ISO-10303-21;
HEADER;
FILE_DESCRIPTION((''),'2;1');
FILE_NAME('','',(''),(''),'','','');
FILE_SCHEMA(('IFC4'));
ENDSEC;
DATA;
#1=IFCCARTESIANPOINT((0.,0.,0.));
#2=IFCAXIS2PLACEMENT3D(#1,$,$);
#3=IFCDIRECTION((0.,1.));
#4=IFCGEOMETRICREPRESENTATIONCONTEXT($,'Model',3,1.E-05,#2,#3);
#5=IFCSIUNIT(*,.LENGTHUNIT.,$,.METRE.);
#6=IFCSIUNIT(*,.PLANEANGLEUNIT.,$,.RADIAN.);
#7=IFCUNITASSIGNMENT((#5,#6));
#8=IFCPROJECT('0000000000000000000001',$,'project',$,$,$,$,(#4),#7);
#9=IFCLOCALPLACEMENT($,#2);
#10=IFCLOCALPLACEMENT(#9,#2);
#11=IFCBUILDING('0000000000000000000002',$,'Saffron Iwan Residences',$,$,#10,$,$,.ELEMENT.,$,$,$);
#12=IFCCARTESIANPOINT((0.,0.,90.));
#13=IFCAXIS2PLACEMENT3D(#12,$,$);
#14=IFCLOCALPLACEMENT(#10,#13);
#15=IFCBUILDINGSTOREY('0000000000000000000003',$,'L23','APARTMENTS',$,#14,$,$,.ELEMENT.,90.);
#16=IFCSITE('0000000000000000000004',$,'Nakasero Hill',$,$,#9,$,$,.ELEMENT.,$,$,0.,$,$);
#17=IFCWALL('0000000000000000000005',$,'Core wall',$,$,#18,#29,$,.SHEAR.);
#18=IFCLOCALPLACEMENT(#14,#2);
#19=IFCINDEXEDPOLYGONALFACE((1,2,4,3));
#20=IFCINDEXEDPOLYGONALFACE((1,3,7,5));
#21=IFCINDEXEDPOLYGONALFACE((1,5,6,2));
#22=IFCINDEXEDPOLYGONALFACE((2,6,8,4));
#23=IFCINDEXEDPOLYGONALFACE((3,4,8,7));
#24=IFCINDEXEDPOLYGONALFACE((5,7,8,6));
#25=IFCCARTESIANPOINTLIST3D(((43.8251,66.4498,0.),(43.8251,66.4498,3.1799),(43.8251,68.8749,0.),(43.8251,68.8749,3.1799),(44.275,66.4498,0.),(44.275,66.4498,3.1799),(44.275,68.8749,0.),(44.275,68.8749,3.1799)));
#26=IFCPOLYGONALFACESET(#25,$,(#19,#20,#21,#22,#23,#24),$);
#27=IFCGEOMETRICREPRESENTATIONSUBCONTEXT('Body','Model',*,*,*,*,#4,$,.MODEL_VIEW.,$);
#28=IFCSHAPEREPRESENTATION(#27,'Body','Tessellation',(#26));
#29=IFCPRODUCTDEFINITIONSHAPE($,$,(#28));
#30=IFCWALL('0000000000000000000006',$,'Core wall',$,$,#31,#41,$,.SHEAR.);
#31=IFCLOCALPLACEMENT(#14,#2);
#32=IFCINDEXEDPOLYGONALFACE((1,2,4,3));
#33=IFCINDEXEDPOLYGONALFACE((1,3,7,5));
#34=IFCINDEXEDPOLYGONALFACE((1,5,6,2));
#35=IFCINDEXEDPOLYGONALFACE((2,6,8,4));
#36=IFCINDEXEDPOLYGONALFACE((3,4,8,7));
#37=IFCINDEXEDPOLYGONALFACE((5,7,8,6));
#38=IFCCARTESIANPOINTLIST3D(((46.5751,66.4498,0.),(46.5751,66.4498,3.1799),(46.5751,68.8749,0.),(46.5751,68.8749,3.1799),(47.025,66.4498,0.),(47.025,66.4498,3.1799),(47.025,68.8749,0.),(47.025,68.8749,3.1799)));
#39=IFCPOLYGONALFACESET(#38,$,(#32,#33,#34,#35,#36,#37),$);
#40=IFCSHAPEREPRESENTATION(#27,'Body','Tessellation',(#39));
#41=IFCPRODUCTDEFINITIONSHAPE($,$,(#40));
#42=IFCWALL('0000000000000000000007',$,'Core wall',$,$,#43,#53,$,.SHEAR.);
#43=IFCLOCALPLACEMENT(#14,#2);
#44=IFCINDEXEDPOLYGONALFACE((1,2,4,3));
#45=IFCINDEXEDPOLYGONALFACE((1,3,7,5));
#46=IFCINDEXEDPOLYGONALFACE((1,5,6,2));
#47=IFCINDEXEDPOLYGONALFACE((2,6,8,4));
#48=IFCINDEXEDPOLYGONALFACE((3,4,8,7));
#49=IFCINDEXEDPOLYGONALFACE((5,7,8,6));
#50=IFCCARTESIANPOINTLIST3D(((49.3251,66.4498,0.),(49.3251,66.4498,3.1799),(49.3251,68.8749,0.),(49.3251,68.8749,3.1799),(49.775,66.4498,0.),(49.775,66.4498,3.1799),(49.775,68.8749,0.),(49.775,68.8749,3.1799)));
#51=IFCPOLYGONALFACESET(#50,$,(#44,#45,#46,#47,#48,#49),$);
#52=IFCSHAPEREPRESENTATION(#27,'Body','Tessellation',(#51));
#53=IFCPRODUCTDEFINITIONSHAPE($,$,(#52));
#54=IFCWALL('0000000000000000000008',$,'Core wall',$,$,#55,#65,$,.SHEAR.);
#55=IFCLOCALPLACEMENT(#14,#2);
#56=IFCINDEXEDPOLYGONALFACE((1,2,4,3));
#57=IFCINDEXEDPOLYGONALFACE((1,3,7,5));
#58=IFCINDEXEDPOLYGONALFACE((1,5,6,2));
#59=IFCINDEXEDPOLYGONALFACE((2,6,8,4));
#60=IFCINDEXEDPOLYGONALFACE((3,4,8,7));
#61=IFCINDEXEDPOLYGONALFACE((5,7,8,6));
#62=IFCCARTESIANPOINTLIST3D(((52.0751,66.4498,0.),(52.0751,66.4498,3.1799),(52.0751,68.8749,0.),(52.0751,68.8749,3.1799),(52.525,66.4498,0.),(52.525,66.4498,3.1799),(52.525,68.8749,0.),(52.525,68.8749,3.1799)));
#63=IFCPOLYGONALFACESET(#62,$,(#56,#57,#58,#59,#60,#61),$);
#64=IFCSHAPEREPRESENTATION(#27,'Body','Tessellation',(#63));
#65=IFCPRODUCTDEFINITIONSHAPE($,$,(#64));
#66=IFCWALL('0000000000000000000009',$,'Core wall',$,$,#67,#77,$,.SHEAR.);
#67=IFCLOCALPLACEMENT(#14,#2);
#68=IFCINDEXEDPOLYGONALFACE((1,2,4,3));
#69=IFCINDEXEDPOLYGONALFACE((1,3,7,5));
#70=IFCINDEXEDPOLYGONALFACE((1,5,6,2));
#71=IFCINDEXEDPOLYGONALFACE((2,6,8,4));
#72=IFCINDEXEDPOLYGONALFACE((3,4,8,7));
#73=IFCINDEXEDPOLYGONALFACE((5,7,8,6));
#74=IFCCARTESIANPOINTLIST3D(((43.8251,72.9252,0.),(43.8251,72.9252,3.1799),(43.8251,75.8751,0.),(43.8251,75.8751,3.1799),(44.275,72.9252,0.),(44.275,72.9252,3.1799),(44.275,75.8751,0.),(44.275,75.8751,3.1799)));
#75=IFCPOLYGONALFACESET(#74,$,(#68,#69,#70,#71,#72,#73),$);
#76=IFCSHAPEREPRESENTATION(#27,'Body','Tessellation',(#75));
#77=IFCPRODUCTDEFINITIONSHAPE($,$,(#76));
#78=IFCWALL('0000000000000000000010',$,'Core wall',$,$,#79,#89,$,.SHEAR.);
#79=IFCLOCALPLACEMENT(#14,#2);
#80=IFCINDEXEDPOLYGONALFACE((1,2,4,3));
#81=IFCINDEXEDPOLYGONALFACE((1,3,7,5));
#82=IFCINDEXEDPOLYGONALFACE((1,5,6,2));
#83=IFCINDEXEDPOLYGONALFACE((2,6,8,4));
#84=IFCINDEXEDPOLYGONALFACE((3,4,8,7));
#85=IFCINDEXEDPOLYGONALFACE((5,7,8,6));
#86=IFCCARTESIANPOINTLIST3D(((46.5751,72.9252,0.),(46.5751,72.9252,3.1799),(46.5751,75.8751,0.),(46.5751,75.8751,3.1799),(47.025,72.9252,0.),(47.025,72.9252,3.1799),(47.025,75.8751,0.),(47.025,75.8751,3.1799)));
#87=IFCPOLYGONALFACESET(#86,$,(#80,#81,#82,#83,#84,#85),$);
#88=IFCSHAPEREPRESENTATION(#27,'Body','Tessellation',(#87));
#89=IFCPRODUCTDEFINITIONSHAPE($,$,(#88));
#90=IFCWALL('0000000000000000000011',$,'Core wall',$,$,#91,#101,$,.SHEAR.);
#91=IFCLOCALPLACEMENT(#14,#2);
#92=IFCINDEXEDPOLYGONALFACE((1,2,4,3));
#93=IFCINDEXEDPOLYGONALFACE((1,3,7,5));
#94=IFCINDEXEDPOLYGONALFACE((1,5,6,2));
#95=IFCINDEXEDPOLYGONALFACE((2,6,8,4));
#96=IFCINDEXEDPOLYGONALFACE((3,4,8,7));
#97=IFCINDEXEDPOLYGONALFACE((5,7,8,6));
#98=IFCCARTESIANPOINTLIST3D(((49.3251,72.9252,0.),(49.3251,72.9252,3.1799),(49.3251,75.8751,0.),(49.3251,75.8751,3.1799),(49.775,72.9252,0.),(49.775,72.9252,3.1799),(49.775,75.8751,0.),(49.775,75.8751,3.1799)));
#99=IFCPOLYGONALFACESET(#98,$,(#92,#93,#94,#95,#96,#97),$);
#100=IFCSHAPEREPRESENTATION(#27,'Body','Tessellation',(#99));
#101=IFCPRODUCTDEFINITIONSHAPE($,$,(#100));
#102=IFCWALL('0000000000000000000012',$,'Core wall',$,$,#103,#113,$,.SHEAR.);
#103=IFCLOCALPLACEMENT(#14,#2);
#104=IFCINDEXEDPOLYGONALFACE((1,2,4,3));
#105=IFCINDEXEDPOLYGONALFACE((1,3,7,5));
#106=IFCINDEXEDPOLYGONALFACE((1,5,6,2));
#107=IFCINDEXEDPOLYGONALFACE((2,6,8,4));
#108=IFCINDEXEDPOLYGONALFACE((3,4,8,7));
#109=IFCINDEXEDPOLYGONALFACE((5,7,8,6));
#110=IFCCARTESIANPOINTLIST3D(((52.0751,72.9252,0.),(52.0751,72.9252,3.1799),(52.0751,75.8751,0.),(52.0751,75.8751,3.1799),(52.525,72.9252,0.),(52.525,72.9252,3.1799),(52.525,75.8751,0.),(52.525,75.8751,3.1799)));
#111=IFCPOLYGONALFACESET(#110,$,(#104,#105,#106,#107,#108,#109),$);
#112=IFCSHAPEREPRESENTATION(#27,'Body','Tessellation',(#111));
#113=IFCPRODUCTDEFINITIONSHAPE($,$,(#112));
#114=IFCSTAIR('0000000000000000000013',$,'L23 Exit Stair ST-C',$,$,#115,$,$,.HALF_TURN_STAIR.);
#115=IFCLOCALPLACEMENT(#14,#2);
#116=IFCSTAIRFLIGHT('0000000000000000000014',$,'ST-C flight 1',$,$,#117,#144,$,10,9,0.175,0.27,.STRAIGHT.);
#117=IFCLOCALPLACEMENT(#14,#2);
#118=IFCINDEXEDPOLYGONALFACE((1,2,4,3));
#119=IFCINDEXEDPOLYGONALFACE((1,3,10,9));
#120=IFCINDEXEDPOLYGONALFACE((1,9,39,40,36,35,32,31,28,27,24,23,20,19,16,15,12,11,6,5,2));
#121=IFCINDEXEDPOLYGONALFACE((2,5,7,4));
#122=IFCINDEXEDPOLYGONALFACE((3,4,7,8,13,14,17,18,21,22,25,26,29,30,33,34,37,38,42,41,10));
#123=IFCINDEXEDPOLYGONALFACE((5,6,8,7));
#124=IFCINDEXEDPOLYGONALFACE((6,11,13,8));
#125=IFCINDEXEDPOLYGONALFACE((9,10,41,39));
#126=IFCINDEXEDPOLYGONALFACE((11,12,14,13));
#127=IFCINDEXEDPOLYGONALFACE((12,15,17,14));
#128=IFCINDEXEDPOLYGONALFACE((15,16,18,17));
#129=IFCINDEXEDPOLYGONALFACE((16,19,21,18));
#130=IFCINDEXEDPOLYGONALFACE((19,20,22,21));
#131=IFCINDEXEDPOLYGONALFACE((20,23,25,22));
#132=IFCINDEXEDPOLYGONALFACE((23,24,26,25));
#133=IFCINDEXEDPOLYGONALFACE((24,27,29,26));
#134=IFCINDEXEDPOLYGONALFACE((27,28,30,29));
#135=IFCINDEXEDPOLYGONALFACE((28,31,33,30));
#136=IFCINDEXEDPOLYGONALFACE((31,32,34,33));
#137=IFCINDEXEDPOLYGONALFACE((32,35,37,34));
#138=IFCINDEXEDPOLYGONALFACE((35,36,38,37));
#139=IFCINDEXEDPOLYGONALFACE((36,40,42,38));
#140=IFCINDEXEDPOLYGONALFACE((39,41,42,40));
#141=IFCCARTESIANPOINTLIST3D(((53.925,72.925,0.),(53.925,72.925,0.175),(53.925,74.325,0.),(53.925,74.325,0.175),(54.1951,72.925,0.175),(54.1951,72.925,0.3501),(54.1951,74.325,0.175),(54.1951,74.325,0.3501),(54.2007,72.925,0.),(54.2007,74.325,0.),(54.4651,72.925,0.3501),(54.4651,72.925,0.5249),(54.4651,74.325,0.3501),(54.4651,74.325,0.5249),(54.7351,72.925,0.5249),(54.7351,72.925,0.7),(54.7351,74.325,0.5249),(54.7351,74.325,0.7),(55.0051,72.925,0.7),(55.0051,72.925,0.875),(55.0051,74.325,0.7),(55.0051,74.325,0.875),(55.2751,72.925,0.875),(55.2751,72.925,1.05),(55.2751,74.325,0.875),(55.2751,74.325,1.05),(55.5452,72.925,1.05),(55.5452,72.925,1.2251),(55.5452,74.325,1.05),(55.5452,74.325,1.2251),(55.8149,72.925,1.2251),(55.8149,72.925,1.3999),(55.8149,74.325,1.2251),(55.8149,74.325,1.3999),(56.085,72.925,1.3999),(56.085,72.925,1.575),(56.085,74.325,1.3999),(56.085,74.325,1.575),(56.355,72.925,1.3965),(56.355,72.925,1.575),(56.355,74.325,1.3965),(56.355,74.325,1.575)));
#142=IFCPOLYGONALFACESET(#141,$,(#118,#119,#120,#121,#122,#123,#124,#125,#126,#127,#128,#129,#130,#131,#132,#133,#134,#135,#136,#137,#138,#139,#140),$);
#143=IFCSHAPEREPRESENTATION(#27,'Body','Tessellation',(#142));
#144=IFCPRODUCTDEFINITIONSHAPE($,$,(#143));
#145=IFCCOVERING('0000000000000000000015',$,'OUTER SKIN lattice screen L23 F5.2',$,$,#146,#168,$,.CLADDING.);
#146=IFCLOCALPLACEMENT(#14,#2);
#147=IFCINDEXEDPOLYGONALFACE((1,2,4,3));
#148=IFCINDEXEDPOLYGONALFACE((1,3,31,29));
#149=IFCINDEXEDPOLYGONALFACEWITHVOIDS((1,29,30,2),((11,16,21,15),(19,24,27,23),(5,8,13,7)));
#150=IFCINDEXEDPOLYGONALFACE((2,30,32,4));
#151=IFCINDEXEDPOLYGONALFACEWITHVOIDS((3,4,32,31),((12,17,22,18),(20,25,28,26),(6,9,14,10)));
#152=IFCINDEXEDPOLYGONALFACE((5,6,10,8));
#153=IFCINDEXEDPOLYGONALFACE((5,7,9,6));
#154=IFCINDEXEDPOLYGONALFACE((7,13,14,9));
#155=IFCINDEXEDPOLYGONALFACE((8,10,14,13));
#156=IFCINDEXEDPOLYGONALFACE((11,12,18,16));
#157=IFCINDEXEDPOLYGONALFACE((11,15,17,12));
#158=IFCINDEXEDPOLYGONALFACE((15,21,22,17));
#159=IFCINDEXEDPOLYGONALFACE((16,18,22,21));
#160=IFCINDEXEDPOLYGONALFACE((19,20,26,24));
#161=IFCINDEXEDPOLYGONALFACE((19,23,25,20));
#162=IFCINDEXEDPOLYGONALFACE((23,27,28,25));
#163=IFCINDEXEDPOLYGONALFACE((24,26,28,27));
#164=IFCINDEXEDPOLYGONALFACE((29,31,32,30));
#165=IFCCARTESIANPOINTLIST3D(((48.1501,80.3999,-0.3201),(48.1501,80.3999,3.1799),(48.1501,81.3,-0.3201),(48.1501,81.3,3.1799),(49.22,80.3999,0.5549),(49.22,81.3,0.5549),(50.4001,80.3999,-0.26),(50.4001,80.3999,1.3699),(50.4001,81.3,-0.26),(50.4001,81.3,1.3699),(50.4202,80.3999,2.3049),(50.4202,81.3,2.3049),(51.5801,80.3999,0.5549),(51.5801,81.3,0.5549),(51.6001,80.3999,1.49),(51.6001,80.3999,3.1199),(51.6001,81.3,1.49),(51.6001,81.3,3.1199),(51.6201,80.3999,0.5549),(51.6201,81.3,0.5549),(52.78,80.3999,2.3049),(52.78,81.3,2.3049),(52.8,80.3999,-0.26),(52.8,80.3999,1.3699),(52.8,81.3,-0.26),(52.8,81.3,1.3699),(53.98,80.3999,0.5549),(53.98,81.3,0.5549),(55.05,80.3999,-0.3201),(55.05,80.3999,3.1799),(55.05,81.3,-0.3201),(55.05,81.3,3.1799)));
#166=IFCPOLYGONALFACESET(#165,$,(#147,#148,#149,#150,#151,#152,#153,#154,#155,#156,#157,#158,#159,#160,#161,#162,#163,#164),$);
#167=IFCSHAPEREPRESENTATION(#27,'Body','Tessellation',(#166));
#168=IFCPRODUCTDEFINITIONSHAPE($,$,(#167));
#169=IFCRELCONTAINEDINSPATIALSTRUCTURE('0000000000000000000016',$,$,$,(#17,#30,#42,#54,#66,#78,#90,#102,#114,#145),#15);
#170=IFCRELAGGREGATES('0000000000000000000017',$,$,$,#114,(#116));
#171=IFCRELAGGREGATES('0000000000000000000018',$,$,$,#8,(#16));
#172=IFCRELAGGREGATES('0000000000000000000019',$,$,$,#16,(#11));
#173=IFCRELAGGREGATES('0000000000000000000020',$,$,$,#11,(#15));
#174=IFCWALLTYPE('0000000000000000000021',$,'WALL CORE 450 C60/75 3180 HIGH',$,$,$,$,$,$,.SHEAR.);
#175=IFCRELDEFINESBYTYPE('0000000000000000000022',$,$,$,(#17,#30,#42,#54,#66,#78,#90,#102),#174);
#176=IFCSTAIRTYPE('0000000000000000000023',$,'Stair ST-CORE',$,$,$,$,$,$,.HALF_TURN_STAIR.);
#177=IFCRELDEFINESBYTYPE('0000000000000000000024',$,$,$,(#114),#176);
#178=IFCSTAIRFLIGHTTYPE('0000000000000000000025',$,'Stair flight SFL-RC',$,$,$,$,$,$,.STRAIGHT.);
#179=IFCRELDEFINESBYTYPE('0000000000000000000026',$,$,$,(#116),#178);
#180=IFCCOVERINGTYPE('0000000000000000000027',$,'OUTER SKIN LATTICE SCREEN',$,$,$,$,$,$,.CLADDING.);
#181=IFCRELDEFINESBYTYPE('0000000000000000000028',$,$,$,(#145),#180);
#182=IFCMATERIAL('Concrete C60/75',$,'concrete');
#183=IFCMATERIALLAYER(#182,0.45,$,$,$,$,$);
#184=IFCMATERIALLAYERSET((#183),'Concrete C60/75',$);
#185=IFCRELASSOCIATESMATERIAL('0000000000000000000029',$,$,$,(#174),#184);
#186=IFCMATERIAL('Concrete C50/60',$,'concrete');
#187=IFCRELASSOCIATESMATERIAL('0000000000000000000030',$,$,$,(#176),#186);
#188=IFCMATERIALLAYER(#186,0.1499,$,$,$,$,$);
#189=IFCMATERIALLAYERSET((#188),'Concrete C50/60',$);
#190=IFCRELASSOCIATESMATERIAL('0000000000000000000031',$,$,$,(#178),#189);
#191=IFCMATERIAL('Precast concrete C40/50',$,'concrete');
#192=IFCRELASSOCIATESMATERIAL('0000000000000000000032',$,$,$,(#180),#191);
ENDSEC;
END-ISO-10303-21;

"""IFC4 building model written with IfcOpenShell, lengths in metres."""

from ifc_helpers import new_model, si_unit, direction, frame, frame_2d, origin, place, context, subcontext, project, spatial, polyline, rectangle, outline, extrude, material, layer, layer_set, type_object, element, aggregate, save


model = new_model("IFC4")

# Units and contexts
model_context = context("Model", 3, precision=1e-05, world=origin(), true_north=direction((0.0, 1.0)))
body_context = subcontext(model_context, "Body", "Model", "MODEL_VIEW")
ifc_project = project(units=[si_unit("LENGTHUNIT", "METRE"), si_unit("PLANEANGLEUNIT", "RADIAN")], contexts=[model_context])

# Site, building, storey
site_placement = place(None, origin())
site = spatial("IfcSite", under=ifc_project, at=site_placement, Name="Nakasero Hill", CompositionType="ELEMENT", RefElevation=0.0)
building_placement = place(site_placement, origin())
building = spatial("IfcBuilding", under=site, at=building_placement, Name="Saffron Iwan Residences", CompositionType="ELEMENT")
storey_placement = place(building_placement, frame((0.0, 0.0, 90.0)))
storey = spatial("IfcBuildingStorey", under=building, at=storey_placement, Name="L23", Description="APARTMENTS", CompositionType="ELEMENT", Elevation=90.0)

# Shared definitions
ifc_material_1 = material(Name="Concrete C60/75", Category="concrete")

# Walls
ifc_layer_1 = layer(ifc_material_1, 0.45)
ifc_layer_set_1 = layer_set([ifc_layer_1], Name="Concrete C60/75")
wall_type_1 = type_object("IfcWallType", Name="WALL CORE 450 C60/75 3180 HIGH", PredefinedType="SHEAR", material=ifc_layer_set_1)
for number, where, z_axis, x_axis, name in (
    (1, (44.05, 66.45, 0.0), (0.0, 0.0, 1.0), (0.0, 1.0, 0.0), "Core wall"),
    (2, (46.8, 66.45, 0.0), (0.0, 0.0, 1.0), (0.0, 1.0, 0.0), "Core wall"),
    (3, (49.55, 66.45, 0.0), (0.0, 0.0, 1.0), (0.0, 1.0, 0.0), "Core wall"),
    (4, (52.3, 66.45, 0.0), (0.0, 0.0, 1.0), (0.0, 1.0, 0.0), "Core wall"),
):
    element("IfcWall", number, at=place(storey_placement, frame(where, z_axis=z_axis, x_axis=x_axis)), inside=storey, type_object=wall_type_1, Name=name, PredefinedType="SHEAR", context=body_context, shape_type="SweptSolid", body=[
        extrude(rectangle(XDim=2.425, YDim=0.45, at=frame_2d((1.2124, 0.0))), origin(), (0.0, 0.0, 1.0), 3.1799),
    ])
for number, where, z_axis, x_axis, name in (
    (5, (44.05, 72.925, 0.0), (0.0, 0.0, 1.0), (0.0, 1.0, 0.0), "Core wall"),
    (6, (46.8, 72.925, 0.0), (0.0, 0.0, 1.0), (0.0, 1.0, 0.0), "Core wall"),
    (7, (49.55, 72.925, 0.0), (0.0, 0.0, 1.0), (0.0, 1.0, 0.0), "Core wall"),
    (8, (52.3, 72.925, 0.0), (0.0, 0.0, 1.0), (0.0, 1.0, 0.0), "Core wall"),
):
    element("IfcWall", number, at=place(storey_placement, frame(where, z_axis=z_axis, x_axis=x_axis)), inside=storey, type_object=wall_type_1, Name=name, PredefinedType="SHEAR", context=body_context, shape_type="SweptSolid", body=[
        extrude(rectangle(XDim=2.95, YDim=0.45, at=frame_2d((1.4751, 0.0))), origin(), (0.0, 0.0, 1.0), 3.1799),
    ])

# Stair, stair flight
ifc_material_2 = material(Name="Concrete C50/60", Category="concrete")
stair_type = type_object("IfcStairType", Name="Stair ST-CORE", PredefinedType="HALF_TURN_STAIR", material=ifc_material_2)
stair_placement = place(storey_placement, origin())
stair = element("IfcStair", 9, at=stair_placement, inside=storey, type_object=stair_type, Name="L23 Exit Stair ST-C", PredefinedType="HALF_TURN_STAIR")
ifc_layer_2 = layer(ifc_material_2, 0.1499)
ifc_layer_set_2 = layer_set([ifc_layer_2], Name="Concrete C50/60")
stair_flight_type = type_object("IfcStairFlightType", Name="Stair flight SFL-RC", PredefinedType="STRAIGHT", material=ifc_layer_set_2)
stair_flight_placement = place(storey_placement, frame((53.925, 73.625, 0.0), z_axis=(0.0, 0.0, 1.0), x_axis=(1.0, 0.0, 0.0)))
stair_flight = element("IfcStairFlight", 10, at=stair_flight_placement, type_object=stair_flight_type, Name="ST-C flight 1", NumberOfRisers=10, NumberOfTreads=9, PredefinedType="STRAIGHT", RiserHeight=0.175, TreadLength=0.27, context=body_context, shape_type="SweptSolid", body=[
    extrude(outline(polyline([(0.0, 0.0), (0.0, 0.175), (0.27, 0.175), (0.27, 0.3501), (0.54, 0.3501), (0.54, 0.5249), (0.8101, 0.5249), (0.8101, 0.7), (1.0801, 0.7), (1.0801, 0.875), (1.3501, 0.875), (1.3501, 1.05), (1.6201, 1.05), (1.6201, 1.2251), (1.8899, 1.2251), (1.8899, 1.3999), (2.1599, 1.3999), (2.1599, 1.575), (2.4299, 1.575), (2.4299, 1.75), (2.4299, 1.3965), (0.2756, 0.0), (0.0, 0.0)])), frame((0.0, 0.7, 0.0), z_axis=(0.0, -1.0, 0.0), x_axis=(1.0, 0.0, 0.0)), (0.0, 0.0, 1.0), 1.3999),
])
aggregate(stair, [stair_flight])

# Covering
ifc_material_3 = material(Name="Precast concrete C40/50", Category="concrete")
covering_type_1 = type_object("IfcCoveringType", Name="OUTER SKIN LATTICE SCREEN", PredefinedType="CLADDING", material=ifc_material_3)
covering_1_placement = place(storey_placement, frame((55.05, 80.3999, -0.3201), z_axis=(0.0, 1.0, 0.0), x_axis=(-1.0, 0.0, 0.0)))
element("IfcCovering", 11, at=covering_1_placement, inside=storey, type_object=covering_type_1, Name="OUTER SKIN lattice screen L23 F5.2", PredefinedType="CLADDING", context=body_context, shape_type="SweptSolid", body=[
    extrude(outline(polyline([(0.0, 0.0), (6.8999, 0.0), (6.8999, 3.5), (0.0, 3.5), (0.0, 0.0)]), holes=[polyline([(1.0701, 0.875), (2.25, 0.0601), (3.4299, 0.875), (2.25, 1.6899), (1.0701, 0.875)]), polyline([(3.47, 0.875), (4.6499, 0.0601), (5.8301, 0.875), (4.6499, 1.6899), (3.47, 0.875)]), polyline([(2.27, 2.625), (3.45, 1.8101), (4.6299, 2.625), (3.45, 3.4399), (2.27, 2.625)])]), origin(), (0.0, 0.0, 1.0), 0.9001),
])

save(model, "model.ifc")
